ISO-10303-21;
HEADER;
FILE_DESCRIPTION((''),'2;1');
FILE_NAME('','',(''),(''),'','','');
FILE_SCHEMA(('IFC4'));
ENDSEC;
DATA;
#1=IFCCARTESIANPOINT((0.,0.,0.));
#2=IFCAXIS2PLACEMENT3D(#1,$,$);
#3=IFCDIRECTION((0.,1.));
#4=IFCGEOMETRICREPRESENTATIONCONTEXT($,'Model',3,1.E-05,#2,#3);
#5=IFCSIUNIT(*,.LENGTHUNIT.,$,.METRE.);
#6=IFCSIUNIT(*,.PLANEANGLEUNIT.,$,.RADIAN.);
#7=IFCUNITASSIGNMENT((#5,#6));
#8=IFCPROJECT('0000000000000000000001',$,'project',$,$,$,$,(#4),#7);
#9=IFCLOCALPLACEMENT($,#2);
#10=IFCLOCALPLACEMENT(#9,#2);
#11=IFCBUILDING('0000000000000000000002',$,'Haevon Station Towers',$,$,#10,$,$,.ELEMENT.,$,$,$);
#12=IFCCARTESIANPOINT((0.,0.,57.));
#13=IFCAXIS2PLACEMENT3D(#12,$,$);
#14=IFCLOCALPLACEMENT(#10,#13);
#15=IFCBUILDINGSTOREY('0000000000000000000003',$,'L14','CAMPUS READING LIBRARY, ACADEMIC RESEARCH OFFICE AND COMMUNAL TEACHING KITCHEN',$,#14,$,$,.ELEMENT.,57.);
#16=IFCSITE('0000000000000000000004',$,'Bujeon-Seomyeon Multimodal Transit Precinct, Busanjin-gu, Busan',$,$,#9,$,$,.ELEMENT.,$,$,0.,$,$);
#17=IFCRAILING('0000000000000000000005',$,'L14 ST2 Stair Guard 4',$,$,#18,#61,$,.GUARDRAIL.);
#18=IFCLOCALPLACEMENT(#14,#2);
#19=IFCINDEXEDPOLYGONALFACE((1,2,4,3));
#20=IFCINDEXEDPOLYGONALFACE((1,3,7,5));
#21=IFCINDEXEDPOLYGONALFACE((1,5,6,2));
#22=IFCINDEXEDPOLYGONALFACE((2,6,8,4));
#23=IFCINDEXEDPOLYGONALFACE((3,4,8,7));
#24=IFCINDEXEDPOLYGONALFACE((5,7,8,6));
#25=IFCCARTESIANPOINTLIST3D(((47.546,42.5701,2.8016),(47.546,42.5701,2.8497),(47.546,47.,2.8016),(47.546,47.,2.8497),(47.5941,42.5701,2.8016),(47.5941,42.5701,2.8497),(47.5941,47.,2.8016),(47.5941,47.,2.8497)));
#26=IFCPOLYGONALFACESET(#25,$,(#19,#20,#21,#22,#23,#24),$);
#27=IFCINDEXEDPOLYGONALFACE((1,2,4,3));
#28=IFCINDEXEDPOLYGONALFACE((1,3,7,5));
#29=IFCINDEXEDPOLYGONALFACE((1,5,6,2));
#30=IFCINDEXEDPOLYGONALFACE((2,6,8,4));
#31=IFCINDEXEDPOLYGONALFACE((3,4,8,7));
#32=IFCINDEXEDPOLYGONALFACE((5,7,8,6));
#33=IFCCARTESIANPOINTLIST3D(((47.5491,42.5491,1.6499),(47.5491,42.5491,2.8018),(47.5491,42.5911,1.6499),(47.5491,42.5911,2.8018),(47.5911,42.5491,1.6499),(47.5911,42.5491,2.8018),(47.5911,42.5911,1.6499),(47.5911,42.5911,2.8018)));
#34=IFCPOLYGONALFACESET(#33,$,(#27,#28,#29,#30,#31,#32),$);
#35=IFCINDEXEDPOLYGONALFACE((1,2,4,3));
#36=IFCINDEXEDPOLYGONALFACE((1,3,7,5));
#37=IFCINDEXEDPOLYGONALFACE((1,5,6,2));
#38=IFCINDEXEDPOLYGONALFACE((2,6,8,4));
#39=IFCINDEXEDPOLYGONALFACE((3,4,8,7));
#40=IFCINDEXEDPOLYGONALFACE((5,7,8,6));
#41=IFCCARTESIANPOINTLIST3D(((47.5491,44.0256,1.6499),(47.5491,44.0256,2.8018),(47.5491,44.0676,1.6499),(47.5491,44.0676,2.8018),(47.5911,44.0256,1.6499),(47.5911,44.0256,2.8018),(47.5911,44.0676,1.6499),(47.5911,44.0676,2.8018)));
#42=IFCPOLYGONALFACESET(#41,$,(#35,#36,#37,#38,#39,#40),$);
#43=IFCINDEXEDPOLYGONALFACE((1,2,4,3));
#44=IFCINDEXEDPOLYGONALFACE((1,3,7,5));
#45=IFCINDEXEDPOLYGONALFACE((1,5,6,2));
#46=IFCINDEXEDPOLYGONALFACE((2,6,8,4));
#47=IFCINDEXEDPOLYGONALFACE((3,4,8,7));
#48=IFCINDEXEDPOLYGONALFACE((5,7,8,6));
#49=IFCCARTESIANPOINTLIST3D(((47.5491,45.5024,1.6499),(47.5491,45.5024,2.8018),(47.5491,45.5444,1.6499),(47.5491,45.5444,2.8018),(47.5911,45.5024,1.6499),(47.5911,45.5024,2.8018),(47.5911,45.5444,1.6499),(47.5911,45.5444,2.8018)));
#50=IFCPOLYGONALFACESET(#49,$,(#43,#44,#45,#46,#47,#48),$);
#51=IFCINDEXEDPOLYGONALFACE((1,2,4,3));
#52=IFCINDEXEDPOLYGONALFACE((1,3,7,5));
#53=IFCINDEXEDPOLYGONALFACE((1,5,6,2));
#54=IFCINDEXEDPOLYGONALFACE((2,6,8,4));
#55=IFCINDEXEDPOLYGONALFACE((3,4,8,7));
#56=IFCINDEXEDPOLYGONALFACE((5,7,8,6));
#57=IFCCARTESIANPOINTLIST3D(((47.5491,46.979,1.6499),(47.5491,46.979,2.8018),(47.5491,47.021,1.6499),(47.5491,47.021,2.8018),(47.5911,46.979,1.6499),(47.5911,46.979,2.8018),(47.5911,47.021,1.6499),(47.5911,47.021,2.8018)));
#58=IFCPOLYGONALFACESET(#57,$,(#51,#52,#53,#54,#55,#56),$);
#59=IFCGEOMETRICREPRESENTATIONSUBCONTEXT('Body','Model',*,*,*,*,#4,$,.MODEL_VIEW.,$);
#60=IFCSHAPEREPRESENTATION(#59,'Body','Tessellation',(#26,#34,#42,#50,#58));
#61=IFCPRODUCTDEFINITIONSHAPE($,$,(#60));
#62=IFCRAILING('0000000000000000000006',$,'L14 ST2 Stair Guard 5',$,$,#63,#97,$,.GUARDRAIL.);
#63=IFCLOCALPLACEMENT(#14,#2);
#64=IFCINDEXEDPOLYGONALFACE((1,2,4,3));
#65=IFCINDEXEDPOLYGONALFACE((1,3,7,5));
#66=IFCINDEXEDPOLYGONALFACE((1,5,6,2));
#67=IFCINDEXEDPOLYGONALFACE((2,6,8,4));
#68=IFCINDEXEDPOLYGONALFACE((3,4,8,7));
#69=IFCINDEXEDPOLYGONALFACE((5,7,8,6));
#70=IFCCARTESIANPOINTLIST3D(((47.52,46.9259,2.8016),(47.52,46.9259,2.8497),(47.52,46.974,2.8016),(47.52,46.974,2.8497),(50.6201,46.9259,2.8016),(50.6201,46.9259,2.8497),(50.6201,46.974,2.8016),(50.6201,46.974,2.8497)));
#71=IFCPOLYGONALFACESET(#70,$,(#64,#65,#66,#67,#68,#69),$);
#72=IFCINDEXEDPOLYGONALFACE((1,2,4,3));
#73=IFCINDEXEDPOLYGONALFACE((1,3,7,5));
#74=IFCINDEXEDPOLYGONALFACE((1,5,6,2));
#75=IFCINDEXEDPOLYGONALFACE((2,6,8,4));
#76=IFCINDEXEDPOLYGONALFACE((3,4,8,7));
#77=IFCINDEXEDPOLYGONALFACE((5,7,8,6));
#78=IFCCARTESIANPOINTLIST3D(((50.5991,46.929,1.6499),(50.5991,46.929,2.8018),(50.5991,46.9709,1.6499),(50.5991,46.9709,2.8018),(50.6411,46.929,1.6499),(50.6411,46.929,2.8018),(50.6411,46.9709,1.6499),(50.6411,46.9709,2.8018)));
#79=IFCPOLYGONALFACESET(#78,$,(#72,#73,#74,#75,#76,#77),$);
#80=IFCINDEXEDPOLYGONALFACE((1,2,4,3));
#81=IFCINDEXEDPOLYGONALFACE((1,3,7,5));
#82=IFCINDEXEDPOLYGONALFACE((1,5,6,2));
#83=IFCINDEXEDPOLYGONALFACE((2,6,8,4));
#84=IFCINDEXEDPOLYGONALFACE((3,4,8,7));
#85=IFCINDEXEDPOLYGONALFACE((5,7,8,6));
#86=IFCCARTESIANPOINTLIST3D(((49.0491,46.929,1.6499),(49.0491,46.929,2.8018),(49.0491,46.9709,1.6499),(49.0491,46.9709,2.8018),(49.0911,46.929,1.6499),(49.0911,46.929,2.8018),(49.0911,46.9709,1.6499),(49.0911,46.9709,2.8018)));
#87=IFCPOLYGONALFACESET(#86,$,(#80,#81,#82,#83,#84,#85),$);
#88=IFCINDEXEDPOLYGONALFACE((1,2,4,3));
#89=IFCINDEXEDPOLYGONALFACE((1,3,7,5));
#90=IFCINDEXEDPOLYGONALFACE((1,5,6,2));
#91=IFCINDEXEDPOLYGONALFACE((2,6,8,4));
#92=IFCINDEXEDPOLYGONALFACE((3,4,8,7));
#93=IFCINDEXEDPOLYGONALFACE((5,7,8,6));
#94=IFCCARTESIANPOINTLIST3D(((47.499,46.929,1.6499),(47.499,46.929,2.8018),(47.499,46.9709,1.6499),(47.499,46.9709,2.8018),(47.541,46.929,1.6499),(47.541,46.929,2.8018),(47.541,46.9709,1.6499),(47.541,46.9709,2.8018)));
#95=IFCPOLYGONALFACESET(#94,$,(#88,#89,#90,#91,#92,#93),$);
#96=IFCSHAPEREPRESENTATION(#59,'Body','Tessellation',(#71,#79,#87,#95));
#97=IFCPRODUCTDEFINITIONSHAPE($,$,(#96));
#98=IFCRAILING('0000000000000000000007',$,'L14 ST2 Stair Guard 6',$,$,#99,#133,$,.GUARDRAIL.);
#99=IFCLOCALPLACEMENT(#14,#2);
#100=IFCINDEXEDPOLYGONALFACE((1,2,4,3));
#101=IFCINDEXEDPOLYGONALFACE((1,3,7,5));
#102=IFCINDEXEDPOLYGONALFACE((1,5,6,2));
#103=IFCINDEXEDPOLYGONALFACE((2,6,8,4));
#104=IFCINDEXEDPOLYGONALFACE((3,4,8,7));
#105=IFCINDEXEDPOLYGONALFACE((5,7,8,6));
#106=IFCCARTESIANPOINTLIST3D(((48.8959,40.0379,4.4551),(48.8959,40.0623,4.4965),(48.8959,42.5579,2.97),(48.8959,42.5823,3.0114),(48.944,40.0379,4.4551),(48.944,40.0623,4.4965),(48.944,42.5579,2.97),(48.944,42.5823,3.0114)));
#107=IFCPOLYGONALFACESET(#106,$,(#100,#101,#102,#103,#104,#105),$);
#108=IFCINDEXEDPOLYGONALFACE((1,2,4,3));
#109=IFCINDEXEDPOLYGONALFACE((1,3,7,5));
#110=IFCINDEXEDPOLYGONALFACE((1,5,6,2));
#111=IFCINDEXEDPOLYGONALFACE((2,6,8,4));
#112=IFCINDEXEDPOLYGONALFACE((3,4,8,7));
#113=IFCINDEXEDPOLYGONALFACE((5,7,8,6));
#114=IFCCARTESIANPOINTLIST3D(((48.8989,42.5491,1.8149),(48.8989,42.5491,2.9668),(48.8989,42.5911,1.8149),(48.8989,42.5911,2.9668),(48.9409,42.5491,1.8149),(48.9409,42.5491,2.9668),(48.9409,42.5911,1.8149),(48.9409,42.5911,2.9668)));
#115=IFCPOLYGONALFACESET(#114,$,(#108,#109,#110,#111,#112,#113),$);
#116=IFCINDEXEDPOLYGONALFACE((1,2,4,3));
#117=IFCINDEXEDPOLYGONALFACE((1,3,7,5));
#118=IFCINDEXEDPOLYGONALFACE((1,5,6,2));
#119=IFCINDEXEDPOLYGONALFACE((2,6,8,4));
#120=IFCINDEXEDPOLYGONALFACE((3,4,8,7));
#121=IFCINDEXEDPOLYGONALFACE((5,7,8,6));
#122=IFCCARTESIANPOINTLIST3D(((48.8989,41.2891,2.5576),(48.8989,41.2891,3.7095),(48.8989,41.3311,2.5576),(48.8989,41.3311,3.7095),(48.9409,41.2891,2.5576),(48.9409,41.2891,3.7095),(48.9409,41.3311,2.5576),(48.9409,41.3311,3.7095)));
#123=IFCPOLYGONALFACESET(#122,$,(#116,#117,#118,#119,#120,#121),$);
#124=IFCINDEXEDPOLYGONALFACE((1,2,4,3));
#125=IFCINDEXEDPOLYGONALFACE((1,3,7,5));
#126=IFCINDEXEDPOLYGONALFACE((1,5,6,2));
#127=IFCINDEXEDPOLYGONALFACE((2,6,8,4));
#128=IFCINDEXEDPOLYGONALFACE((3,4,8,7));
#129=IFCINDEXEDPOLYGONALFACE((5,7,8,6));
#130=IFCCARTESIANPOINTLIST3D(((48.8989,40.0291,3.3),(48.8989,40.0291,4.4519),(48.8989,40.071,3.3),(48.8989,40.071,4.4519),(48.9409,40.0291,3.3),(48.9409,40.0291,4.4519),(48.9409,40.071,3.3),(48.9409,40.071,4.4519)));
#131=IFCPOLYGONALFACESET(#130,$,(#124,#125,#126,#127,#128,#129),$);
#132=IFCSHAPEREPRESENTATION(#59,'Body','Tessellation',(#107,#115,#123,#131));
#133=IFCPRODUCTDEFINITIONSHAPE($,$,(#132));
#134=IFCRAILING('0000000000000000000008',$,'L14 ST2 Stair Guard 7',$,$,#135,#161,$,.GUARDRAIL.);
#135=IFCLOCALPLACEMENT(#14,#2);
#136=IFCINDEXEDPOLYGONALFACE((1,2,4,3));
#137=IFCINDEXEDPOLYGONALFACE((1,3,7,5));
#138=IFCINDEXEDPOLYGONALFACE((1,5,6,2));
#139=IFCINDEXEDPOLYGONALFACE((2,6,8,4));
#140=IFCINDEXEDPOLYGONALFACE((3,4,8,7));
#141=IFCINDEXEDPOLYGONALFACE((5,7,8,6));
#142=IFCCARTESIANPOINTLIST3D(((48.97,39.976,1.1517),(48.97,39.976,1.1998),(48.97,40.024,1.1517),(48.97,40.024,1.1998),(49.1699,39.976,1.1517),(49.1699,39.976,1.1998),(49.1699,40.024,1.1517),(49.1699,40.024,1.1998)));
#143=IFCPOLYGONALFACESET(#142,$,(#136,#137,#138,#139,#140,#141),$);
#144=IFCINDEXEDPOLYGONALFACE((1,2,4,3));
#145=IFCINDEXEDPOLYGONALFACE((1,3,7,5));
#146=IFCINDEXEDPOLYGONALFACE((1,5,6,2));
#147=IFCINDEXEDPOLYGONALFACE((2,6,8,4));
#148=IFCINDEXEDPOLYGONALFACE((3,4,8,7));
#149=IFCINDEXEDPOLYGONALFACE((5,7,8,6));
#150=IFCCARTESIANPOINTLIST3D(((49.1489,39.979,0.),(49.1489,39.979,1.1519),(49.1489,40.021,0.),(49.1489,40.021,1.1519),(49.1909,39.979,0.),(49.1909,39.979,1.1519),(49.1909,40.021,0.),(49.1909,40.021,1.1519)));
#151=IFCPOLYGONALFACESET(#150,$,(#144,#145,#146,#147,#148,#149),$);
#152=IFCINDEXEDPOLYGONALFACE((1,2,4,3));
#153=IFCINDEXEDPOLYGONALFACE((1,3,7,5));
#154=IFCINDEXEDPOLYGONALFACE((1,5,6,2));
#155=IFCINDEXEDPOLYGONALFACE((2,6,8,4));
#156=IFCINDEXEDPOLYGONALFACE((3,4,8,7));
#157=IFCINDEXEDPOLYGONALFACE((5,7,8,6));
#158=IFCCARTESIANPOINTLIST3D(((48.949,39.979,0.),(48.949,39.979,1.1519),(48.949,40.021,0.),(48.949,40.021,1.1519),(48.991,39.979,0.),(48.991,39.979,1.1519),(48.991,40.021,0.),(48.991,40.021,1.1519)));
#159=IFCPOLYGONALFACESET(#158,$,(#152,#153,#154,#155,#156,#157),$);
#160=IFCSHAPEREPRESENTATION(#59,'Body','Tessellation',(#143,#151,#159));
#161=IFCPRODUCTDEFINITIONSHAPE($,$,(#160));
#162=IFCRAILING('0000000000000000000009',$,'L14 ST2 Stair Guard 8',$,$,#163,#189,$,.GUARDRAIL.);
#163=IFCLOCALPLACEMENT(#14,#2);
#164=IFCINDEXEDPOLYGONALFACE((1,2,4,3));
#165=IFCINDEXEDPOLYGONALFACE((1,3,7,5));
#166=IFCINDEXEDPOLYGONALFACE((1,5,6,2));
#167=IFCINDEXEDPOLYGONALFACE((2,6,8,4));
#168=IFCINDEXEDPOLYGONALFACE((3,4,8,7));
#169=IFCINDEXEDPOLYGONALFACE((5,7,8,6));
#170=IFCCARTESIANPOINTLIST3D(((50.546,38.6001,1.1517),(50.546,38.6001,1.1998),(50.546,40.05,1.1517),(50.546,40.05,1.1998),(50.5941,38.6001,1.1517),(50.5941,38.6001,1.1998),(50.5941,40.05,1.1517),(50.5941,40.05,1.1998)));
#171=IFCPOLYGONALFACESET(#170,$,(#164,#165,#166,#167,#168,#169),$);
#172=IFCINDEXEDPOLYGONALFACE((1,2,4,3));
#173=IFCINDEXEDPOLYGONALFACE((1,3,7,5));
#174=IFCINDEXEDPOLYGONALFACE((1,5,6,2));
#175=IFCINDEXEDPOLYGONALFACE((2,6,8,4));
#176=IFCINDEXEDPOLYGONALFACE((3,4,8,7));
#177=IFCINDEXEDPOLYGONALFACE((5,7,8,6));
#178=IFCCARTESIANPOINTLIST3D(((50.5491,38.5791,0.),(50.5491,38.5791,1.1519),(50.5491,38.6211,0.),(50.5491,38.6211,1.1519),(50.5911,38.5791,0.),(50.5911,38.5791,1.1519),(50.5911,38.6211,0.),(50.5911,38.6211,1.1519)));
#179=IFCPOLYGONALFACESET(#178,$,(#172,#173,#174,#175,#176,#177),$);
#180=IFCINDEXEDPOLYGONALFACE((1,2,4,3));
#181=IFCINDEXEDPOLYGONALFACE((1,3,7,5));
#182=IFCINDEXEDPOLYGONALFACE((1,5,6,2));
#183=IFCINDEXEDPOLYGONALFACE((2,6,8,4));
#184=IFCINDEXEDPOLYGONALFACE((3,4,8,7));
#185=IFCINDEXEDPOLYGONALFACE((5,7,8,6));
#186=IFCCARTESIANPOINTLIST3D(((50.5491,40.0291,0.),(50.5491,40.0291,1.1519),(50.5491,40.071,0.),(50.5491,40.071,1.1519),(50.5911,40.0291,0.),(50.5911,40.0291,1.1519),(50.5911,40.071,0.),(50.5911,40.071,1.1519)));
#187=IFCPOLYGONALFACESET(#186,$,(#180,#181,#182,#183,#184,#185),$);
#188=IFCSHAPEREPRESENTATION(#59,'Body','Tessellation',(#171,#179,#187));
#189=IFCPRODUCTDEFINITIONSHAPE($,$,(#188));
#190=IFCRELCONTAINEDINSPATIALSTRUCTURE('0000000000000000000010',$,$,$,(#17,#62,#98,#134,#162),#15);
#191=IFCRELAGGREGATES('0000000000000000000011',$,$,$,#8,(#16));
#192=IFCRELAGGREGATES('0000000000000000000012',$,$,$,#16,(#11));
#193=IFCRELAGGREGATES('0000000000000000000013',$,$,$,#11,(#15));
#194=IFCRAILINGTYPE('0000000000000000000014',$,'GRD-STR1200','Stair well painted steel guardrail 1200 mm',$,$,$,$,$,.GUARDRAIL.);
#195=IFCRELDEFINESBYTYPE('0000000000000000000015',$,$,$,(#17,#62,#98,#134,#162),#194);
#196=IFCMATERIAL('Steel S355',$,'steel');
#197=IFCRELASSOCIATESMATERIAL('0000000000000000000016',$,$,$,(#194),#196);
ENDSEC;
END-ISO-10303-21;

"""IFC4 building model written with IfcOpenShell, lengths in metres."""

from ifc_helpers import new_model, si_unit, direction, frame, origin, origin_2d, place, context, subcontext, project, spatial, rectangle, extrude, material, type_object, element, save


model = new_model("IFC4")

# Units and contexts
model_context = context("Model", 3, precision=1e-05, world=origin(), true_north=direction((0.0, 1.0)))
body_context = subcontext(model_context, "Body", "Model", "MODEL_VIEW")
ifc_project = project(units=[si_unit("LENGTHUNIT", "METRE"), si_unit("PLANEANGLEUNIT", "RADIAN")], contexts=[model_context])

# Site, building, storey
site_placement = place(None, origin())
site = spatial("IfcSite", under=ifc_project, at=site_placement, Name="Bujeon-Seomyeon Multimodal Transit Precinct, Busanjin-gu, Busan", CompositionType="ELEMENT", RefElevation=0.0)
building_placement = place(site_placement, origin())
building = spatial("IfcBuilding", under=site, at=building_placement, Name="Haevon Station Towers", CompositionType="ELEMENT")
storey_placement = place(building_placement, frame((0.0, 0.0, 57.0)))
storey = spatial("IfcBuildingStorey", under=building, at=storey_placement, Name="L14", Description="CAMPUS READING LIBRARY, ACADEMIC RESEARCH OFFICE AND COMMUNAL TEACHING KITCHEN", CompositionType="ELEMENT", Elevation=57.0)

# Shared definitions
ifc_material_1 = material(Name="Steel S355", Category="steel")

# Railings
railing_type_1 = type_object("IfcRailingType", Name="GRD-STR1200", Description="Stair well painted steel guardrail 1200 mm", PredefinedType="GUARDRAIL", material=ifc_material_1)
for number, where, name in (
    (1, (47.5701, 42.5701, 1.6499), "L14 ST2 Stair Guard 4"),
):
    element("IfcRailing", number, at=place(storey_placement, frame(where)), inside=storey, type_object=railing_type_1, Name=name, PredefinedType="GUARDRAIL", context=body_context, shape_type="SweptSolid", body=[
        extrude(rectangle(XDim=0.0481, YDim=0.0481, at=origin_2d()), frame((0.0, 0.0, 1.1758), z_axis=(0.0, 1.0, 0.0), x_axis=(-1.0, 0.0, 0.0)), (0.0, 0.0, 1.0), 4.4299),
        extrude(rectangle(XDim=0.042, YDim=0.042, at=origin_2d()), origin(), (0.0, 0.0, 1.0), 1.1519),
        extrude(rectangle(XDim=0.042, YDim=0.042, at=origin_2d()), frame((0.0, 1.4766, 0.0)), (0.0, 0.0, 1.0), 1.1519),
        extrude(rectangle(XDim=0.042, YDim=0.042, at=origin_2d()), frame((0.0, 2.9534, 0.0)), (0.0, 0.0, 1.0), 1.1519),
        extrude(rectangle(XDim=0.042, YDim=0.042, at=origin_2d()), frame((0.0, 4.4299, 0.0)), (0.0, 0.0, 1.0), 1.1519),
    ])
railing_1_placement = place(storey_placement, frame((50.6201, 46.95, 1.6499)))
element("IfcRailing", 2, at=railing_1_placement, inside=storey, type_object=railing_type_1, Name="L14 ST2 Stair Guard 5", PredefinedType="GUARDRAIL", context=body_context, shape_type="SweptSolid", body=[
    extrude(rectangle(XDim=0.0481, YDim=0.0481, at=origin_2d()), frame((0.0, 0.0, 1.1758), z_axis=(-1.0, 0.0, 0.0), x_axis=(0.0, -1.0, 0.0)), (0.0, 0.0, 1.0), 3.1001),
    extrude(rectangle(XDim=0.042, YDim=0.042, at=origin_2d()), origin(), (0.0, 0.0, 1.0), 1.1519),
    extrude(rectangle(XDim=0.042, YDim=0.042, at=origin_2d()), frame((-1.55, 0.0, 0.0)), (0.0, 0.0, 1.0), 1.1519),
    extrude(rectangle(XDim=0.042, YDim=0.042, at=origin_2d()), frame((-3.1001, 0.0, 0.0)), (0.0, 0.0, 1.0), 1.1519),
])
railing_2_placement = place(storey_placement, frame((48.9199, 42.5701, 1.8149)))
element("IfcRailing", 3, at=railing_2_placement, inside=storey, type_object=railing_type_1, Name="L14 ST2 Stair Guard 6", PredefinedType="GUARDRAIL", context=body_context, shape_type="SweptSolid", body=[
    extrude(rectangle(XDim=0.0481, YDim=0.0481, at=origin_2d()), frame((0.0, 0.0, 1.1758), z_axis=(0.0, -0.861524, 0.507717), x_axis=(1.0, 0.0, 0.0)), (0.0, 0.0, 1.0), 2.925),
    extrude(rectangle(XDim=0.042, YDim=0.042, at=origin_2d()), origin(), (0.0, 0.0, 1.0), 1.1519),
    extrude(rectangle(XDim=0.042, YDim=0.042, at=origin_2d()), frame((0.0, -1.26, 0.7427)), (0.0, 0.0, 1.0), 1.1519),
    extrude(rectangle(XDim=0.042, YDim=0.042, at=origin_2d()), frame((0.0, -2.52, 1.4851)), (0.0, 0.0, 1.0), 1.1519),
])
railing_3_placement = place(storey_placement, frame((49.1699, 40.0, 0.0)))
element("IfcRailing", 4, at=railing_3_placement, inside=storey, type_object=railing_type_1, Name="L14 ST2 Stair Guard 7", PredefinedType="GUARDRAIL", context=body_context, shape_type="SweptSolid", body=[
    extrude(rectangle(XDim=0.0481, YDim=0.0481, at=origin_2d()), frame((0.0, 0.0, 1.1758), z_axis=(-1.0, 0.0, 0.0), x_axis=(0.0, -1.0, 0.0)), (0.0, 0.0, 1.0), 0.2),
    extrude(rectangle(XDim=0.042, YDim=0.042, at=origin_2d()), origin(), (0.0, 0.0, 1.0), 1.1519),
    extrude(rectangle(XDim=0.042, YDim=0.042, at=origin_2d()), frame((-0.2, 0.0, 0.0)), (0.0, 0.0, 1.0), 1.1519),
])
railing_4_placement = place(storey_placement, frame((50.5701, 38.6001, 0.0)))
element("IfcRailing", 5, at=railing_4_placement, inside=storey, type_object=railing_type_1, Name="L14 ST2 Stair Guard 8", PredefinedType="GUARDRAIL", context=body_context, shape_type="SweptSolid", body=[
    extrude(rectangle(XDim=0.0481, YDim=0.0481, at=origin_2d()), frame((0.0, 0.0, 1.1758), z_axis=(0.0, 1.0, 0.0), x_axis=(-1.0, 0.0, 0.0)), (0.0, 0.0, 1.0), 1.45),
    extrude(rectangle(XDim=0.042, YDim=0.042, at=origin_2d()), origin(), (0.0, 0.0, 1.0), 1.1519),
    extrude(rectangle(XDim=0.042, YDim=0.042, at=origin_2d()), frame((0.0, 1.45, 0.0)), (0.0, 0.0, 1.0), 1.1519),
])

save(model, "model.ifc")
